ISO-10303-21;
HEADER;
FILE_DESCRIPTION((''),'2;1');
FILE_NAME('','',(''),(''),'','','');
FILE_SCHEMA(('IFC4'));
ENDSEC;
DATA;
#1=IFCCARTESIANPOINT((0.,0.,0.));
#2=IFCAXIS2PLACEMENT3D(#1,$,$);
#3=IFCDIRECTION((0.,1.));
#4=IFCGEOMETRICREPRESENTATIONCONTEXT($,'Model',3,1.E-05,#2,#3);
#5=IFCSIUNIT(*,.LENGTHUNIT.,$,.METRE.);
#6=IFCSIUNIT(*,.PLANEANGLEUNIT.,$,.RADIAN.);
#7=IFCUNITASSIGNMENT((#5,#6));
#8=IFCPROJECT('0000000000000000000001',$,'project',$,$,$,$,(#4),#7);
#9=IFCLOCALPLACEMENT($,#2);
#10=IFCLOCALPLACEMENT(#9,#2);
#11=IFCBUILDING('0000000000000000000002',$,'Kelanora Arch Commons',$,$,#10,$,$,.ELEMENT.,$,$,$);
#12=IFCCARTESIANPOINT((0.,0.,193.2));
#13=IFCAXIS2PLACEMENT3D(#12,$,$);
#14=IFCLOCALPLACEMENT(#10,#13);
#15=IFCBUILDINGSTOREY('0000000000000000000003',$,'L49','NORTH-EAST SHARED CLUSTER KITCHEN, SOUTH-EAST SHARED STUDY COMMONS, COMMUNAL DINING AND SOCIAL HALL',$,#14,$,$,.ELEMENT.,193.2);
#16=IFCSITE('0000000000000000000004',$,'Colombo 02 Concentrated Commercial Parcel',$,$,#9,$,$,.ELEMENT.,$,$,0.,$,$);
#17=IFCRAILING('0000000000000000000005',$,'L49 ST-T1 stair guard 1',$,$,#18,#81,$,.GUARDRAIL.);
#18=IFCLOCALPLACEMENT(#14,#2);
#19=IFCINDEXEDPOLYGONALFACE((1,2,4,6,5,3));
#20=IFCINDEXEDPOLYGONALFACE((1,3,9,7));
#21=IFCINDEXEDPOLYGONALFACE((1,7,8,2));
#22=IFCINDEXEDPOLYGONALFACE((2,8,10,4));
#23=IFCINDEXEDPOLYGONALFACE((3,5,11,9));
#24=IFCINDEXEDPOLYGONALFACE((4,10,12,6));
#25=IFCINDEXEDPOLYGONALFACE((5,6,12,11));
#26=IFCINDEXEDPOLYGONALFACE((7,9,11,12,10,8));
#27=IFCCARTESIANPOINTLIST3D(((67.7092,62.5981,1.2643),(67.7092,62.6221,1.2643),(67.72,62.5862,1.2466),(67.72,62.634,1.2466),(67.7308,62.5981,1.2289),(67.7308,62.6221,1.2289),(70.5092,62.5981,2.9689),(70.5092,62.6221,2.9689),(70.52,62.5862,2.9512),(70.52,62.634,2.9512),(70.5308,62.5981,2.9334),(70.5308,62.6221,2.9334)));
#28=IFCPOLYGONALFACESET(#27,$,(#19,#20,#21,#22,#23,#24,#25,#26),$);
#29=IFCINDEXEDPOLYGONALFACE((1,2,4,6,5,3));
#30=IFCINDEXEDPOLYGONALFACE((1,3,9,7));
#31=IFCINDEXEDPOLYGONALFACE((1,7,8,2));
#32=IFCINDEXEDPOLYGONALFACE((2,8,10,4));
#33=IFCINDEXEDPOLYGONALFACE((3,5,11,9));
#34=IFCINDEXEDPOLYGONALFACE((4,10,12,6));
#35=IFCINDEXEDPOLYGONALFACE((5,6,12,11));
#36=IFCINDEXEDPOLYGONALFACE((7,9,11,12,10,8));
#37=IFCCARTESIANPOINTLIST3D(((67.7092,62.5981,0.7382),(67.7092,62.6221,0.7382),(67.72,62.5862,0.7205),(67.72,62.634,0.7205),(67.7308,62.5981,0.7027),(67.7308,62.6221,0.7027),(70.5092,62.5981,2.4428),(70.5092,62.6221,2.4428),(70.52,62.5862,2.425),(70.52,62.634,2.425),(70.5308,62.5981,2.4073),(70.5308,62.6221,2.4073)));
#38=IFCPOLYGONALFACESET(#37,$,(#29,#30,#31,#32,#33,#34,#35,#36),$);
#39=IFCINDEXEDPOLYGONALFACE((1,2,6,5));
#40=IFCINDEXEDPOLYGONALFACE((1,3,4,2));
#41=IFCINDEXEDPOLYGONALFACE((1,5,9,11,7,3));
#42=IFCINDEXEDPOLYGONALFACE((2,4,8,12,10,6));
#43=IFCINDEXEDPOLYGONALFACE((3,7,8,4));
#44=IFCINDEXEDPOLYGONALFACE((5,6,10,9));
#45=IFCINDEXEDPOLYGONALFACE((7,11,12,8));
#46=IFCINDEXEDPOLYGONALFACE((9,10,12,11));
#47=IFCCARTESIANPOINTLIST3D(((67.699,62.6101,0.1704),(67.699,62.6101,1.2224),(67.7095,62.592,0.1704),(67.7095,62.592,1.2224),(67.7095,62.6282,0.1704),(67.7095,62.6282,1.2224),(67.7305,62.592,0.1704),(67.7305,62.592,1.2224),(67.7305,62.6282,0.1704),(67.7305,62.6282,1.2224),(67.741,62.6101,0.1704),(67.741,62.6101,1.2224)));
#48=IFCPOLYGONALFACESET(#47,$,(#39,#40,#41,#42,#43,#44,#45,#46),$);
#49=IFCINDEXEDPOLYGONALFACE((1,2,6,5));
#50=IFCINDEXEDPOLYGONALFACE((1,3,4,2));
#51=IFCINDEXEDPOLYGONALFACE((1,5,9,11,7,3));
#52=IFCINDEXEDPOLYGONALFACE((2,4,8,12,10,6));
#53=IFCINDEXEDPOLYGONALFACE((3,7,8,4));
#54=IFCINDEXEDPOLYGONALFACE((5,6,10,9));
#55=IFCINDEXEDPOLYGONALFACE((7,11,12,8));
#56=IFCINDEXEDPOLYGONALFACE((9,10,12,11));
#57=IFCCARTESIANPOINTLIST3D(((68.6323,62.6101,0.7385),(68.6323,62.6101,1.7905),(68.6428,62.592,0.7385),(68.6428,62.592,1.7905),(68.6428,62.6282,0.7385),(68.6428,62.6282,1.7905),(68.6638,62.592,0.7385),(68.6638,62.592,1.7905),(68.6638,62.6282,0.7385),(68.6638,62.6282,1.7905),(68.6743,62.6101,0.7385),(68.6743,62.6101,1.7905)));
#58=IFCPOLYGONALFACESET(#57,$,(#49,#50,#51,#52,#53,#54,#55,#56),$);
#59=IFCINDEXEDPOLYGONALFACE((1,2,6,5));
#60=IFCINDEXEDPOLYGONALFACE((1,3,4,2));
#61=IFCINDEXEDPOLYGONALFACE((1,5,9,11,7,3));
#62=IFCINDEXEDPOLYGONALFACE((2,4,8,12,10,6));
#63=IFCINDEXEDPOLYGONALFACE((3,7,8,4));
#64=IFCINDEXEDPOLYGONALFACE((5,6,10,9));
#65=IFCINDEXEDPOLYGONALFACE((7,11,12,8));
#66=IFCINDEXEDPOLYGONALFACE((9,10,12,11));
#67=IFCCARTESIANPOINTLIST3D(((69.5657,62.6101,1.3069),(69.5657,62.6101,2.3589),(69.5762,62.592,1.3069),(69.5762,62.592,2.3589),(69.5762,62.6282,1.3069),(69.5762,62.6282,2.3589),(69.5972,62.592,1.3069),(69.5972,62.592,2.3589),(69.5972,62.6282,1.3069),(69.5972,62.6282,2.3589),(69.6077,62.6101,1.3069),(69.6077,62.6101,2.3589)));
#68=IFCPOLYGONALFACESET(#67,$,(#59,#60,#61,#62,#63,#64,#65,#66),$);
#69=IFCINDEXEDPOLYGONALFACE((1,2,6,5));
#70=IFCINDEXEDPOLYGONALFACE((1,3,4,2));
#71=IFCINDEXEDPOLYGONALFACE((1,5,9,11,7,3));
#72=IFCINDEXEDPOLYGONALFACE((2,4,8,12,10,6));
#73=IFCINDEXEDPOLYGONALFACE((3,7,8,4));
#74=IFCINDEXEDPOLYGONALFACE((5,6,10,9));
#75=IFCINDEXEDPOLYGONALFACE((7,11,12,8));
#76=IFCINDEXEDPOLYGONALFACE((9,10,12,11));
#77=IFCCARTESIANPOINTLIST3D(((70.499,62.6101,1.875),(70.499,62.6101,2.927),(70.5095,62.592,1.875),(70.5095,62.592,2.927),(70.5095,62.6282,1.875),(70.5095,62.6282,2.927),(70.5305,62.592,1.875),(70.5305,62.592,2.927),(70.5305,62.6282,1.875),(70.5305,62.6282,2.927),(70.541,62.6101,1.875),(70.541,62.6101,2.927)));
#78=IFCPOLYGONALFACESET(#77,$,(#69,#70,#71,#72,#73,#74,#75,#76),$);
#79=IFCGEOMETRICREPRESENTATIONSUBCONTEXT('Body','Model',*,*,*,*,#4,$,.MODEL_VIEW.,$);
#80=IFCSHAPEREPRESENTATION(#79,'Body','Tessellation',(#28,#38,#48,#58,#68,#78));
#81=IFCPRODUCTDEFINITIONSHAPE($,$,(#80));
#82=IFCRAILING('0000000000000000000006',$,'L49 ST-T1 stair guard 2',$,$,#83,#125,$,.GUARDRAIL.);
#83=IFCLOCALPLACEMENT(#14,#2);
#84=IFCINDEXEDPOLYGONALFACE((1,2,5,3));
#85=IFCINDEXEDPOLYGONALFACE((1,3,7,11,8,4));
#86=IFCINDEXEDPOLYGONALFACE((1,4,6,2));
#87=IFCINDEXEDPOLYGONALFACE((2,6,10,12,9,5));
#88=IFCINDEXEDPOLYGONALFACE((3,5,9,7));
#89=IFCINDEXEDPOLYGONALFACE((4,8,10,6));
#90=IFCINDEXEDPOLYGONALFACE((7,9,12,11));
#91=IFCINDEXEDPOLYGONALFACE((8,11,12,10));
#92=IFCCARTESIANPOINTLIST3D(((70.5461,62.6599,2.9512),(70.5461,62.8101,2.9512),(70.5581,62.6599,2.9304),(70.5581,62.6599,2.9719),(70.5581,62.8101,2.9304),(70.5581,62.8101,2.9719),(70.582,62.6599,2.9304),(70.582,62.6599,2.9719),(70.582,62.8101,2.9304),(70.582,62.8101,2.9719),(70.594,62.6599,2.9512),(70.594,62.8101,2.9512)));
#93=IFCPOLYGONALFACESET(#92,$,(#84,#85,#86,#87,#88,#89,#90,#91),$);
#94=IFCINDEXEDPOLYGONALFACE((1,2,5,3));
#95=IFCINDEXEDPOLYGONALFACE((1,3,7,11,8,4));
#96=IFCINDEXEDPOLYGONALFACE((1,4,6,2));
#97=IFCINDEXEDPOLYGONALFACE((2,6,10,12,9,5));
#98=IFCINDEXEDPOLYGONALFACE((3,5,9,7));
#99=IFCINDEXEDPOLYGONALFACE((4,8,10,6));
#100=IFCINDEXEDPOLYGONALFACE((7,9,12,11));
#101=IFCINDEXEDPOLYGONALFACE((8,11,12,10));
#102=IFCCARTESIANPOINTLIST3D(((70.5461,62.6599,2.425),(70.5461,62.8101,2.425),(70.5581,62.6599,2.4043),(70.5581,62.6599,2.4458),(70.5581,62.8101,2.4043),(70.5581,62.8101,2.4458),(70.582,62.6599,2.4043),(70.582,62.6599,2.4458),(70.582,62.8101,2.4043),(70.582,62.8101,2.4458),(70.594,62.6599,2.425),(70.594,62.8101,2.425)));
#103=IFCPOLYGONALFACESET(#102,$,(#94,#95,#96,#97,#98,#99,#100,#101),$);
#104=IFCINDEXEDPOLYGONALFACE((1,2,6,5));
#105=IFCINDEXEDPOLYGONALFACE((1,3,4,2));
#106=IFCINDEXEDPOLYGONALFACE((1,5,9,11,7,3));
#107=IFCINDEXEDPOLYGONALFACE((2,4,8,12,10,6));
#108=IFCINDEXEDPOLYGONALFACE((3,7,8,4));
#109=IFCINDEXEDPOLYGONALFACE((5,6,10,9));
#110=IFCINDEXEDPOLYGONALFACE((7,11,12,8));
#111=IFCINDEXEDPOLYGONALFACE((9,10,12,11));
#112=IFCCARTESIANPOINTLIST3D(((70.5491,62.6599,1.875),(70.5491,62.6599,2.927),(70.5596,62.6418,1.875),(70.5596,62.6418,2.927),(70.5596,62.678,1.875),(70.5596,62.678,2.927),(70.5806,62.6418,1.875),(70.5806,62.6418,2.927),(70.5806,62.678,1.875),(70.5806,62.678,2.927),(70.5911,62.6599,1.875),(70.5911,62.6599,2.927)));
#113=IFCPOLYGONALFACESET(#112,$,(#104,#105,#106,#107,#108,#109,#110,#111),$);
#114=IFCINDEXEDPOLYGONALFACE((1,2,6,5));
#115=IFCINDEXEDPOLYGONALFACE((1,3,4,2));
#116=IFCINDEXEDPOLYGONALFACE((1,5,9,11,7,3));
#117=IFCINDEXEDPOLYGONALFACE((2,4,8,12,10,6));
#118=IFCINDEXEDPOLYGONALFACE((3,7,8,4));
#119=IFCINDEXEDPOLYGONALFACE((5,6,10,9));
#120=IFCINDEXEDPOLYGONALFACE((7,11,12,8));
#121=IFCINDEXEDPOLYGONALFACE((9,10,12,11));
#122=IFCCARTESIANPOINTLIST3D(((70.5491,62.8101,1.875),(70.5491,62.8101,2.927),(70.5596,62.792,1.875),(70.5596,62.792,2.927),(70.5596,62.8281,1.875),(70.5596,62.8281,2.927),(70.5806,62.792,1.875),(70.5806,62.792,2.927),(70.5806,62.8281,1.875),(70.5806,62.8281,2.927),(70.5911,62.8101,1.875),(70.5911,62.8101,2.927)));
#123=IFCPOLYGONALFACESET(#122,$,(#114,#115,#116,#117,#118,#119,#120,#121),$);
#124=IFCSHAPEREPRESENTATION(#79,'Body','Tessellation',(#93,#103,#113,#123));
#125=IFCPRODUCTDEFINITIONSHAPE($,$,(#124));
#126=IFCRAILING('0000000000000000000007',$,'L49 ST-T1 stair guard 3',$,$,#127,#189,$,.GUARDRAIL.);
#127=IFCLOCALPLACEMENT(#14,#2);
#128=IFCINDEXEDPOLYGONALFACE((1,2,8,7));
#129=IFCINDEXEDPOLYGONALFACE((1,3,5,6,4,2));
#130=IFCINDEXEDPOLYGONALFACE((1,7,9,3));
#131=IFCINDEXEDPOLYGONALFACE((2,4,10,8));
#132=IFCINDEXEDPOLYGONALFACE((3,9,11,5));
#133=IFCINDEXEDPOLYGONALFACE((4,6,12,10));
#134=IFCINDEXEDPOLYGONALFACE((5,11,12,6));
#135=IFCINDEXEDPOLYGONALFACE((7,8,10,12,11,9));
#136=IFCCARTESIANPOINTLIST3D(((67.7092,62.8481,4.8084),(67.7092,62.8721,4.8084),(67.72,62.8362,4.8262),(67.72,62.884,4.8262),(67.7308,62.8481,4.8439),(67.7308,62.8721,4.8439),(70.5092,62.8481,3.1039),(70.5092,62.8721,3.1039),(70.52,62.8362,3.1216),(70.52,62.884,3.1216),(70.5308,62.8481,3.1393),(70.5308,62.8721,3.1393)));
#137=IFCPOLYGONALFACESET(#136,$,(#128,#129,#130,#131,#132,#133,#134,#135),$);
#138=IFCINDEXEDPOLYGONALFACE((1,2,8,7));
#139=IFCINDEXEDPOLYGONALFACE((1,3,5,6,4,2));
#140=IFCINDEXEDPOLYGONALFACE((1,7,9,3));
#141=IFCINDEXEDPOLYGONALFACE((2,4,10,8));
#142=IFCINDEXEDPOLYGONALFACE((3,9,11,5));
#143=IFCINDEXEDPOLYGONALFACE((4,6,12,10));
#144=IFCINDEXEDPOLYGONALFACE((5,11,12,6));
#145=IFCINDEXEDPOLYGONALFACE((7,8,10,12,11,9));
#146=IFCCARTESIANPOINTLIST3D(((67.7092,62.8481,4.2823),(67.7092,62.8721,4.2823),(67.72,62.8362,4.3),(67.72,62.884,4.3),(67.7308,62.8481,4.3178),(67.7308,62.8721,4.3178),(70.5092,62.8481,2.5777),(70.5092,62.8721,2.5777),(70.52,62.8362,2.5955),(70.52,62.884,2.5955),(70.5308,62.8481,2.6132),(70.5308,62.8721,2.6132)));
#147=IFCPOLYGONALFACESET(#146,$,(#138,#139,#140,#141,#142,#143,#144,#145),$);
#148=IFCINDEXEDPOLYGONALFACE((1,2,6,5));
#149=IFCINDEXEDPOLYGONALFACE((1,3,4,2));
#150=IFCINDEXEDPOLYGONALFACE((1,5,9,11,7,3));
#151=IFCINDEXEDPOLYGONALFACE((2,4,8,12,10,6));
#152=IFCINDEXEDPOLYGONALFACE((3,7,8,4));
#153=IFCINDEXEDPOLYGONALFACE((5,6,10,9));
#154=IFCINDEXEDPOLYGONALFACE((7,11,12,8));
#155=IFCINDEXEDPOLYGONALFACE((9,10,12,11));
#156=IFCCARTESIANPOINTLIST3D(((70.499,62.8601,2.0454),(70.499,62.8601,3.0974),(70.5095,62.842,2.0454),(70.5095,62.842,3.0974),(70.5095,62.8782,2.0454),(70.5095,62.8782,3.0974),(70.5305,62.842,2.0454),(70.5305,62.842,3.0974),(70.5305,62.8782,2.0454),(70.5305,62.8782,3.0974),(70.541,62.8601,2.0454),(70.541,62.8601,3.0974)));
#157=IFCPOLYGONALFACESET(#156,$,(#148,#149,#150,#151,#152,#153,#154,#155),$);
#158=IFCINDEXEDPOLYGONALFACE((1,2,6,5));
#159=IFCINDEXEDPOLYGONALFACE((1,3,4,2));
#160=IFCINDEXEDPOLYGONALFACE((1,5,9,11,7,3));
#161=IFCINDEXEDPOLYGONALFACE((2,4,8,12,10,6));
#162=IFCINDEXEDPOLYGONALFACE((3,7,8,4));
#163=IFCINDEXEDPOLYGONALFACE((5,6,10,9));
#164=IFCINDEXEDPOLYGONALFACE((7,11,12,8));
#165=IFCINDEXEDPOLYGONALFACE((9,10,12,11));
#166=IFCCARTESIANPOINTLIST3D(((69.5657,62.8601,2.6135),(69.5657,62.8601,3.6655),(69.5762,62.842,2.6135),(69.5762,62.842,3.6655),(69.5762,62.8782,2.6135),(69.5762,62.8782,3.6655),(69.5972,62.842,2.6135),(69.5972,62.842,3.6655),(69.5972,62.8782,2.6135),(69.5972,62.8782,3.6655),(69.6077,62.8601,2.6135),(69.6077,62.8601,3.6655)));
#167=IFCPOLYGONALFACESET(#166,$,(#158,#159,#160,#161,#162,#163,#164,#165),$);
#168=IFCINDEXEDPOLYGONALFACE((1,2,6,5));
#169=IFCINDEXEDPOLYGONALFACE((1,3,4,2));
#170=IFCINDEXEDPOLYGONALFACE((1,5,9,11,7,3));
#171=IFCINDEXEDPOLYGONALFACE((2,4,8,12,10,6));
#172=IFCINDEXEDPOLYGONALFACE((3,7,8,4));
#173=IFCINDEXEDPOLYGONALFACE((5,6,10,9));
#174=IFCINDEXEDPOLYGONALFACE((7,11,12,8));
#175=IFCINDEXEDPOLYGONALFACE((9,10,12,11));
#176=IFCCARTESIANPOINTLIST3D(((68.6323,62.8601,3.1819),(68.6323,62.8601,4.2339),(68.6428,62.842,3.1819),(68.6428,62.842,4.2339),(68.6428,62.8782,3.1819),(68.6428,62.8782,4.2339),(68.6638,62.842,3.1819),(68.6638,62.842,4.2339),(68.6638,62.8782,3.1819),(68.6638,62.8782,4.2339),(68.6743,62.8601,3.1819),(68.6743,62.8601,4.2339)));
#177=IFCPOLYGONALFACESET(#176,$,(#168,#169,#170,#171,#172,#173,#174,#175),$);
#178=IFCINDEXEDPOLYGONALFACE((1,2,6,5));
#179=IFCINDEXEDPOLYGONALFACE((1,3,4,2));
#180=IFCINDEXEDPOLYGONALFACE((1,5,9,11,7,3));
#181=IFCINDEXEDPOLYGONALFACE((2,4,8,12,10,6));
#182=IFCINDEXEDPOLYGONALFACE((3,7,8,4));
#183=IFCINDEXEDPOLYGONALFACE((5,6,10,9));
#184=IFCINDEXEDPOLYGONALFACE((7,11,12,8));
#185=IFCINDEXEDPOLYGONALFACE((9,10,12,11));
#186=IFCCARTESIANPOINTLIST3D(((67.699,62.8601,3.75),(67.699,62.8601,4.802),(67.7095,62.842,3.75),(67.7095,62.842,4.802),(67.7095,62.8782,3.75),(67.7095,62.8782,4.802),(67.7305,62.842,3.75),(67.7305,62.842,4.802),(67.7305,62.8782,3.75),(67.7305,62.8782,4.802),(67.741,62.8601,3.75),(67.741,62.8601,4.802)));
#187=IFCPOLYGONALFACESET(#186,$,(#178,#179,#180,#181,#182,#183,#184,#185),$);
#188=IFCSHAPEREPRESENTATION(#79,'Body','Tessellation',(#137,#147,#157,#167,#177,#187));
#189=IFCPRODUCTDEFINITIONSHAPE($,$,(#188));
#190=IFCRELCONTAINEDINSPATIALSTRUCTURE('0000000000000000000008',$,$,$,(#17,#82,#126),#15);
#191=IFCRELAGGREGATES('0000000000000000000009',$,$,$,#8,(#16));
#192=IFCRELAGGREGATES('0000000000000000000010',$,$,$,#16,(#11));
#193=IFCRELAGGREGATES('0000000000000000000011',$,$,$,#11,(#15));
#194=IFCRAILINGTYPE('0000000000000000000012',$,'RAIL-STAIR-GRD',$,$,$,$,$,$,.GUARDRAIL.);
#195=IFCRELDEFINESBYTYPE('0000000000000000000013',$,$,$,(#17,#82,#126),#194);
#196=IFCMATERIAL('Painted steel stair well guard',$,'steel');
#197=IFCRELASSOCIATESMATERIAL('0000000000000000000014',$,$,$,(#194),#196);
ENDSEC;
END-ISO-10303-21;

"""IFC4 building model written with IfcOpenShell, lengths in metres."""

from ifc_helpers import new_model, si_unit, direction, frame, origin, place, context, subcontext, project, spatial, polyline, outline, extrude, material, type_object, element, save


model = new_model("IFC4")

# Units and contexts
model_context = context("Model", 3, precision=1e-05, world=origin(), true_north=direction((0.0, 1.0)))
body_context = subcontext(model_context, "Body", "Model", "MODEL_VIEW")
ifc_project = project(units=[si_unit("LENGTHUNIT", "METRE"), si_unit("PLANEANGLEUNIT", "RADIAN")], contexts=[model_context])

# Site, building, storey
site_placement = place(None, origin())
site = spatial("IfcSite", under=ifc_project, at=site_placement, Name="Colombo 02 Concentrated Commercial Parcel", CompositionType="ELEMENT", RefElevation=0.0)
building_placement = place(site_placement, origin())
building = spatial("IfcBuilding", under=site, at=building_placement, Name="Kelanora Arch Commons", CompositionType="ELEMENT")
storey_placement = place(building_placement, frame((0.0, 0.0, 193.2)))
storey = spatial("IfcBuildingStorey", under=building, at=storey_placement, Name="L49", Description="NORTH-EAST SHARED CLUSTER KITCHEN, SOUTH-EAST SHARED STUDY COMMONS, COMMUNAL DINING AND SOCIAL HALL", CompositionType="ELEMENT", Elevation=193.2)

# Railings
ifc_material_1 = material(Name="Painted steel stair well guard", Category="steel")
railing_type_1 = type_object("IfcRailingType", Name="RAIL-STAIR-GRD", PredefinedType="GUARDRAIL", material=ifc_material_1)
railing_1_placement = place(storey_placement, frame((67.72, 62.6101, 0.1704)))
element("IfcRailing", 1, at=railing_1_placement, inside=storey, type_object=railing_type_1, Name="L49 ST-T1 stair guard 1", PredefinedType="GUARDRAIL", context=body_context, shape_type="SweptSolid", body=[
    extrude(outline(polyline([(0.0239, 0.0), (0.012, 0.0208), (-0.012, 0.0208), (-0.0239, 0.0), (-0.012, -0.0208), (0.012, -0.0208), (0.0239, 0.0)])), frame((0.0, 0.0, 1.0762), z_axis=(0.85417, 0.0, 0.519994), x_axis=(0.0, 1.0, 0.0)), (0.0, 0.0, 1.0), 3.2781),
    extrude(outline(polyline([(0.0239, 0.0), (0.012, 0.0208), (-0.012, 0.0208), (-0.0239, 0.0), (-0.012, -0.0208), (0.012, -0.0208), (0.0239, 0.0)])), frame((0.0, 0.0, 0.55), z_axis=(0.85417, 0.0, 0.519994), x_axis=(0.0, 1.0, 0.0)), (0.0, 0.0, 1.0), 3.2781),
    extrude(outline(polyline([(0.021, 0.0), (0.0105, 0.0181), (-0.0105, 0.0181), (-0.021, 0.0), (-0.0105, -0.0181), (0.0105, -0.0181), (0.021, 0.0)])), origin(), (0.0, 0.0, 1.0), 1.052),
    extrude(outline(polyline([(0.021, 0.0), (0.0105, 0.0181), (-0.0105, 0.0181), (-0.021, 0.0), (-0.0105, -0.0181), (0.0105, -0.0181), (0.021, 0.0)])), frame((0.9333, 0.0, 0.5681)), (0.0, 0.0, 1.0), 1.052),
    extrude(outline(polyline([(0.021, 0.0), (0.0105, 0.0181), (-0.0105, 0.0181), (-0.021, 0.0), (-0.0105, -0.0181), (0.0105, -0.0181), (0.021, 0.0)])), frame((1.8667, 0.0, 1.1365)), (0.0, 0.0, 1.0), 1.052),
    extrude(outline(polyline([(0.021, 0.0), (0.0105, 0.0181), (-0.0105, 0.0181), (-0.021, 0.0), (-0.0105, -0.0181), (0.0105, -0.0181), (0.021, 0.0)])), frame((2.8, 0.0, 1.7046)), (0.0, 0.0, 1.0), 1.052),
])
railing_2_placement = place(storey_placement, frame((70.5701, 62.6599, 1.875)))
element("IfcRailing", 2, at=railing_2_placement, inside=storey, type_object=railing_type_1, Name="L49 ST-T1 stair guard 2", PredefinedType="GUARDRAIL", context=body_context, shape_type="SweptSolid", body=[
    extrude(outline(polyline([(0.0239, 0.0), (0.012, 0.0208), (-0.012, 0.0208), (-0.0239, 0.0), (-0.012, -0.0208), (0.012, -0.0208), (0.0239, 0.0)])), frame((0.0, 0.0, 1.0762), z_axis=(0.0, 1.0, 0.0), x_axis=(-1.0, 0.0, 0.0)), (0.0, 0.0, 1.0), 0.1501),
    extrude(outline(polyline([(0.0239, 0.0), (0.012, 0.0208), (-0.012, 0.0208), (-0.0239, 0.0), (-0.012, -0.0208), (0.012, -0.0208), (0.0239, 0.0)])), frame((0.0, 0.0, 0.55), z_axis=(0.0, 1.0, 0.0), x_axis=(-1.0, 0.0, 0.0)), (0.0, 0.0, 1.0), 0.1501),
    extrude(outline(polyline([(0.021, 0.0), (0.0105, 0.0181), (-0.0105, 0.0181), (-0.021, 0.0), (-0.0105, -0.0181), (0.0105, -0.0181), (0.021, 0.0)])), origin(), (0.0, 0.0, 1.0), 1.052),
    extrude(outline(polyline([(0.021, 0.0), (0.0105, 0.0181), (-0.0105, 0.0181), (-0.021, 0.0), (-0.0105, -0.0181), (0.0105, -0.0181), (0.021, 0.0)])), frame((0.0, 0.1501, 0.0)), (0.0, 0.0, 1.0), 1.052),
])
railing_3_placement = place(storey_placement, frame((70.52, 62.8601, 2.0454)))
element("IfcRailing", 3, at=railing_3_placement, inside=storey, type_object=railing_type_1, Name="L49 ST-T1 stair guard 3", PredefinedType="GUARDRAIL", context=body_context, shape_type="SweptSolid", body=[
    extrude(outline(polyline([(0.0239, 0.0), (0.012, 0.0208), (-0.012, 0.0208), (-0.0239, 0.0), (-0.012, -0.0208), (0.012, -0.0208), (0.0239, 0.0)])), frame((0.0, 0.0, 1.0762), z_axis=(-0.85417, 0.0, 0.519994), x_axis=(0.0, -1.0, 0.0)), (0.0, 0.0, 1.0), 3.2781),
    extrude(outline(polyline([(0.0239, 0.0), (0.012, 0.0208), (-0.012, 0.0208), (-0.0239, 0.0), (-0.012, -0.0208), (0.012, -0.0208), (0.0239, 0.0)])), frame((0.0, 0.0, 0.55), z_axis=(-0.85417, 0.0, 0.519994), x_axis=(0.0, -1.0, 0.0)), (0.0, 0.0, 1.0), 3.2781),
    extrude(outline(polyline([(0.021, 0.0), (0.0105, 0.0181), (-0.0105, 0.0181), (-0.021, 0.0), (-0.0105, -0.0181), (0.0105, -0.0181), (0.021, 0.0)])), origin(), (0.0, 0.0, 1.0), 1.052),
    extrude(outline(polyline([(0.021, 0.0), (0.0105, 0.0181), (-0.0105, 0.0181), (-0.021, 0.0), (-0.0105, -0.0181), (0.0105, -0.0181), (0.021, 0.0)])), frame((-0.9333, 0.0, 0.5681)), (0.0, 0.0, 1.0), 1.052),
    extrude(outline(polyline([(0.021, 0.0), (0.0105, 0.0181), (-0.0105, 0.0181), (-0.021, 0.0), (-0.0105, -0.0181), (0.0105, -0.0181), (0.021, 0.0)])), frame((-1.8667, 0.0, 1.1365)), (0.0, 0.0, 1.0), 1.052),
    extrude(outline(polyline([(0.021, 0.0), (0.0105, 0.0181), (-0.0105, 0.0181), (-0.021, 0.0), (-0.0105, -0.0181), (0.0105, -0.0181), (0.021, 0.0)])), frame((-2.8, 0.0, 1.7046)), (0.0, 0.0, 1.0), 1.052),
])

save(model, "model.ifc")
